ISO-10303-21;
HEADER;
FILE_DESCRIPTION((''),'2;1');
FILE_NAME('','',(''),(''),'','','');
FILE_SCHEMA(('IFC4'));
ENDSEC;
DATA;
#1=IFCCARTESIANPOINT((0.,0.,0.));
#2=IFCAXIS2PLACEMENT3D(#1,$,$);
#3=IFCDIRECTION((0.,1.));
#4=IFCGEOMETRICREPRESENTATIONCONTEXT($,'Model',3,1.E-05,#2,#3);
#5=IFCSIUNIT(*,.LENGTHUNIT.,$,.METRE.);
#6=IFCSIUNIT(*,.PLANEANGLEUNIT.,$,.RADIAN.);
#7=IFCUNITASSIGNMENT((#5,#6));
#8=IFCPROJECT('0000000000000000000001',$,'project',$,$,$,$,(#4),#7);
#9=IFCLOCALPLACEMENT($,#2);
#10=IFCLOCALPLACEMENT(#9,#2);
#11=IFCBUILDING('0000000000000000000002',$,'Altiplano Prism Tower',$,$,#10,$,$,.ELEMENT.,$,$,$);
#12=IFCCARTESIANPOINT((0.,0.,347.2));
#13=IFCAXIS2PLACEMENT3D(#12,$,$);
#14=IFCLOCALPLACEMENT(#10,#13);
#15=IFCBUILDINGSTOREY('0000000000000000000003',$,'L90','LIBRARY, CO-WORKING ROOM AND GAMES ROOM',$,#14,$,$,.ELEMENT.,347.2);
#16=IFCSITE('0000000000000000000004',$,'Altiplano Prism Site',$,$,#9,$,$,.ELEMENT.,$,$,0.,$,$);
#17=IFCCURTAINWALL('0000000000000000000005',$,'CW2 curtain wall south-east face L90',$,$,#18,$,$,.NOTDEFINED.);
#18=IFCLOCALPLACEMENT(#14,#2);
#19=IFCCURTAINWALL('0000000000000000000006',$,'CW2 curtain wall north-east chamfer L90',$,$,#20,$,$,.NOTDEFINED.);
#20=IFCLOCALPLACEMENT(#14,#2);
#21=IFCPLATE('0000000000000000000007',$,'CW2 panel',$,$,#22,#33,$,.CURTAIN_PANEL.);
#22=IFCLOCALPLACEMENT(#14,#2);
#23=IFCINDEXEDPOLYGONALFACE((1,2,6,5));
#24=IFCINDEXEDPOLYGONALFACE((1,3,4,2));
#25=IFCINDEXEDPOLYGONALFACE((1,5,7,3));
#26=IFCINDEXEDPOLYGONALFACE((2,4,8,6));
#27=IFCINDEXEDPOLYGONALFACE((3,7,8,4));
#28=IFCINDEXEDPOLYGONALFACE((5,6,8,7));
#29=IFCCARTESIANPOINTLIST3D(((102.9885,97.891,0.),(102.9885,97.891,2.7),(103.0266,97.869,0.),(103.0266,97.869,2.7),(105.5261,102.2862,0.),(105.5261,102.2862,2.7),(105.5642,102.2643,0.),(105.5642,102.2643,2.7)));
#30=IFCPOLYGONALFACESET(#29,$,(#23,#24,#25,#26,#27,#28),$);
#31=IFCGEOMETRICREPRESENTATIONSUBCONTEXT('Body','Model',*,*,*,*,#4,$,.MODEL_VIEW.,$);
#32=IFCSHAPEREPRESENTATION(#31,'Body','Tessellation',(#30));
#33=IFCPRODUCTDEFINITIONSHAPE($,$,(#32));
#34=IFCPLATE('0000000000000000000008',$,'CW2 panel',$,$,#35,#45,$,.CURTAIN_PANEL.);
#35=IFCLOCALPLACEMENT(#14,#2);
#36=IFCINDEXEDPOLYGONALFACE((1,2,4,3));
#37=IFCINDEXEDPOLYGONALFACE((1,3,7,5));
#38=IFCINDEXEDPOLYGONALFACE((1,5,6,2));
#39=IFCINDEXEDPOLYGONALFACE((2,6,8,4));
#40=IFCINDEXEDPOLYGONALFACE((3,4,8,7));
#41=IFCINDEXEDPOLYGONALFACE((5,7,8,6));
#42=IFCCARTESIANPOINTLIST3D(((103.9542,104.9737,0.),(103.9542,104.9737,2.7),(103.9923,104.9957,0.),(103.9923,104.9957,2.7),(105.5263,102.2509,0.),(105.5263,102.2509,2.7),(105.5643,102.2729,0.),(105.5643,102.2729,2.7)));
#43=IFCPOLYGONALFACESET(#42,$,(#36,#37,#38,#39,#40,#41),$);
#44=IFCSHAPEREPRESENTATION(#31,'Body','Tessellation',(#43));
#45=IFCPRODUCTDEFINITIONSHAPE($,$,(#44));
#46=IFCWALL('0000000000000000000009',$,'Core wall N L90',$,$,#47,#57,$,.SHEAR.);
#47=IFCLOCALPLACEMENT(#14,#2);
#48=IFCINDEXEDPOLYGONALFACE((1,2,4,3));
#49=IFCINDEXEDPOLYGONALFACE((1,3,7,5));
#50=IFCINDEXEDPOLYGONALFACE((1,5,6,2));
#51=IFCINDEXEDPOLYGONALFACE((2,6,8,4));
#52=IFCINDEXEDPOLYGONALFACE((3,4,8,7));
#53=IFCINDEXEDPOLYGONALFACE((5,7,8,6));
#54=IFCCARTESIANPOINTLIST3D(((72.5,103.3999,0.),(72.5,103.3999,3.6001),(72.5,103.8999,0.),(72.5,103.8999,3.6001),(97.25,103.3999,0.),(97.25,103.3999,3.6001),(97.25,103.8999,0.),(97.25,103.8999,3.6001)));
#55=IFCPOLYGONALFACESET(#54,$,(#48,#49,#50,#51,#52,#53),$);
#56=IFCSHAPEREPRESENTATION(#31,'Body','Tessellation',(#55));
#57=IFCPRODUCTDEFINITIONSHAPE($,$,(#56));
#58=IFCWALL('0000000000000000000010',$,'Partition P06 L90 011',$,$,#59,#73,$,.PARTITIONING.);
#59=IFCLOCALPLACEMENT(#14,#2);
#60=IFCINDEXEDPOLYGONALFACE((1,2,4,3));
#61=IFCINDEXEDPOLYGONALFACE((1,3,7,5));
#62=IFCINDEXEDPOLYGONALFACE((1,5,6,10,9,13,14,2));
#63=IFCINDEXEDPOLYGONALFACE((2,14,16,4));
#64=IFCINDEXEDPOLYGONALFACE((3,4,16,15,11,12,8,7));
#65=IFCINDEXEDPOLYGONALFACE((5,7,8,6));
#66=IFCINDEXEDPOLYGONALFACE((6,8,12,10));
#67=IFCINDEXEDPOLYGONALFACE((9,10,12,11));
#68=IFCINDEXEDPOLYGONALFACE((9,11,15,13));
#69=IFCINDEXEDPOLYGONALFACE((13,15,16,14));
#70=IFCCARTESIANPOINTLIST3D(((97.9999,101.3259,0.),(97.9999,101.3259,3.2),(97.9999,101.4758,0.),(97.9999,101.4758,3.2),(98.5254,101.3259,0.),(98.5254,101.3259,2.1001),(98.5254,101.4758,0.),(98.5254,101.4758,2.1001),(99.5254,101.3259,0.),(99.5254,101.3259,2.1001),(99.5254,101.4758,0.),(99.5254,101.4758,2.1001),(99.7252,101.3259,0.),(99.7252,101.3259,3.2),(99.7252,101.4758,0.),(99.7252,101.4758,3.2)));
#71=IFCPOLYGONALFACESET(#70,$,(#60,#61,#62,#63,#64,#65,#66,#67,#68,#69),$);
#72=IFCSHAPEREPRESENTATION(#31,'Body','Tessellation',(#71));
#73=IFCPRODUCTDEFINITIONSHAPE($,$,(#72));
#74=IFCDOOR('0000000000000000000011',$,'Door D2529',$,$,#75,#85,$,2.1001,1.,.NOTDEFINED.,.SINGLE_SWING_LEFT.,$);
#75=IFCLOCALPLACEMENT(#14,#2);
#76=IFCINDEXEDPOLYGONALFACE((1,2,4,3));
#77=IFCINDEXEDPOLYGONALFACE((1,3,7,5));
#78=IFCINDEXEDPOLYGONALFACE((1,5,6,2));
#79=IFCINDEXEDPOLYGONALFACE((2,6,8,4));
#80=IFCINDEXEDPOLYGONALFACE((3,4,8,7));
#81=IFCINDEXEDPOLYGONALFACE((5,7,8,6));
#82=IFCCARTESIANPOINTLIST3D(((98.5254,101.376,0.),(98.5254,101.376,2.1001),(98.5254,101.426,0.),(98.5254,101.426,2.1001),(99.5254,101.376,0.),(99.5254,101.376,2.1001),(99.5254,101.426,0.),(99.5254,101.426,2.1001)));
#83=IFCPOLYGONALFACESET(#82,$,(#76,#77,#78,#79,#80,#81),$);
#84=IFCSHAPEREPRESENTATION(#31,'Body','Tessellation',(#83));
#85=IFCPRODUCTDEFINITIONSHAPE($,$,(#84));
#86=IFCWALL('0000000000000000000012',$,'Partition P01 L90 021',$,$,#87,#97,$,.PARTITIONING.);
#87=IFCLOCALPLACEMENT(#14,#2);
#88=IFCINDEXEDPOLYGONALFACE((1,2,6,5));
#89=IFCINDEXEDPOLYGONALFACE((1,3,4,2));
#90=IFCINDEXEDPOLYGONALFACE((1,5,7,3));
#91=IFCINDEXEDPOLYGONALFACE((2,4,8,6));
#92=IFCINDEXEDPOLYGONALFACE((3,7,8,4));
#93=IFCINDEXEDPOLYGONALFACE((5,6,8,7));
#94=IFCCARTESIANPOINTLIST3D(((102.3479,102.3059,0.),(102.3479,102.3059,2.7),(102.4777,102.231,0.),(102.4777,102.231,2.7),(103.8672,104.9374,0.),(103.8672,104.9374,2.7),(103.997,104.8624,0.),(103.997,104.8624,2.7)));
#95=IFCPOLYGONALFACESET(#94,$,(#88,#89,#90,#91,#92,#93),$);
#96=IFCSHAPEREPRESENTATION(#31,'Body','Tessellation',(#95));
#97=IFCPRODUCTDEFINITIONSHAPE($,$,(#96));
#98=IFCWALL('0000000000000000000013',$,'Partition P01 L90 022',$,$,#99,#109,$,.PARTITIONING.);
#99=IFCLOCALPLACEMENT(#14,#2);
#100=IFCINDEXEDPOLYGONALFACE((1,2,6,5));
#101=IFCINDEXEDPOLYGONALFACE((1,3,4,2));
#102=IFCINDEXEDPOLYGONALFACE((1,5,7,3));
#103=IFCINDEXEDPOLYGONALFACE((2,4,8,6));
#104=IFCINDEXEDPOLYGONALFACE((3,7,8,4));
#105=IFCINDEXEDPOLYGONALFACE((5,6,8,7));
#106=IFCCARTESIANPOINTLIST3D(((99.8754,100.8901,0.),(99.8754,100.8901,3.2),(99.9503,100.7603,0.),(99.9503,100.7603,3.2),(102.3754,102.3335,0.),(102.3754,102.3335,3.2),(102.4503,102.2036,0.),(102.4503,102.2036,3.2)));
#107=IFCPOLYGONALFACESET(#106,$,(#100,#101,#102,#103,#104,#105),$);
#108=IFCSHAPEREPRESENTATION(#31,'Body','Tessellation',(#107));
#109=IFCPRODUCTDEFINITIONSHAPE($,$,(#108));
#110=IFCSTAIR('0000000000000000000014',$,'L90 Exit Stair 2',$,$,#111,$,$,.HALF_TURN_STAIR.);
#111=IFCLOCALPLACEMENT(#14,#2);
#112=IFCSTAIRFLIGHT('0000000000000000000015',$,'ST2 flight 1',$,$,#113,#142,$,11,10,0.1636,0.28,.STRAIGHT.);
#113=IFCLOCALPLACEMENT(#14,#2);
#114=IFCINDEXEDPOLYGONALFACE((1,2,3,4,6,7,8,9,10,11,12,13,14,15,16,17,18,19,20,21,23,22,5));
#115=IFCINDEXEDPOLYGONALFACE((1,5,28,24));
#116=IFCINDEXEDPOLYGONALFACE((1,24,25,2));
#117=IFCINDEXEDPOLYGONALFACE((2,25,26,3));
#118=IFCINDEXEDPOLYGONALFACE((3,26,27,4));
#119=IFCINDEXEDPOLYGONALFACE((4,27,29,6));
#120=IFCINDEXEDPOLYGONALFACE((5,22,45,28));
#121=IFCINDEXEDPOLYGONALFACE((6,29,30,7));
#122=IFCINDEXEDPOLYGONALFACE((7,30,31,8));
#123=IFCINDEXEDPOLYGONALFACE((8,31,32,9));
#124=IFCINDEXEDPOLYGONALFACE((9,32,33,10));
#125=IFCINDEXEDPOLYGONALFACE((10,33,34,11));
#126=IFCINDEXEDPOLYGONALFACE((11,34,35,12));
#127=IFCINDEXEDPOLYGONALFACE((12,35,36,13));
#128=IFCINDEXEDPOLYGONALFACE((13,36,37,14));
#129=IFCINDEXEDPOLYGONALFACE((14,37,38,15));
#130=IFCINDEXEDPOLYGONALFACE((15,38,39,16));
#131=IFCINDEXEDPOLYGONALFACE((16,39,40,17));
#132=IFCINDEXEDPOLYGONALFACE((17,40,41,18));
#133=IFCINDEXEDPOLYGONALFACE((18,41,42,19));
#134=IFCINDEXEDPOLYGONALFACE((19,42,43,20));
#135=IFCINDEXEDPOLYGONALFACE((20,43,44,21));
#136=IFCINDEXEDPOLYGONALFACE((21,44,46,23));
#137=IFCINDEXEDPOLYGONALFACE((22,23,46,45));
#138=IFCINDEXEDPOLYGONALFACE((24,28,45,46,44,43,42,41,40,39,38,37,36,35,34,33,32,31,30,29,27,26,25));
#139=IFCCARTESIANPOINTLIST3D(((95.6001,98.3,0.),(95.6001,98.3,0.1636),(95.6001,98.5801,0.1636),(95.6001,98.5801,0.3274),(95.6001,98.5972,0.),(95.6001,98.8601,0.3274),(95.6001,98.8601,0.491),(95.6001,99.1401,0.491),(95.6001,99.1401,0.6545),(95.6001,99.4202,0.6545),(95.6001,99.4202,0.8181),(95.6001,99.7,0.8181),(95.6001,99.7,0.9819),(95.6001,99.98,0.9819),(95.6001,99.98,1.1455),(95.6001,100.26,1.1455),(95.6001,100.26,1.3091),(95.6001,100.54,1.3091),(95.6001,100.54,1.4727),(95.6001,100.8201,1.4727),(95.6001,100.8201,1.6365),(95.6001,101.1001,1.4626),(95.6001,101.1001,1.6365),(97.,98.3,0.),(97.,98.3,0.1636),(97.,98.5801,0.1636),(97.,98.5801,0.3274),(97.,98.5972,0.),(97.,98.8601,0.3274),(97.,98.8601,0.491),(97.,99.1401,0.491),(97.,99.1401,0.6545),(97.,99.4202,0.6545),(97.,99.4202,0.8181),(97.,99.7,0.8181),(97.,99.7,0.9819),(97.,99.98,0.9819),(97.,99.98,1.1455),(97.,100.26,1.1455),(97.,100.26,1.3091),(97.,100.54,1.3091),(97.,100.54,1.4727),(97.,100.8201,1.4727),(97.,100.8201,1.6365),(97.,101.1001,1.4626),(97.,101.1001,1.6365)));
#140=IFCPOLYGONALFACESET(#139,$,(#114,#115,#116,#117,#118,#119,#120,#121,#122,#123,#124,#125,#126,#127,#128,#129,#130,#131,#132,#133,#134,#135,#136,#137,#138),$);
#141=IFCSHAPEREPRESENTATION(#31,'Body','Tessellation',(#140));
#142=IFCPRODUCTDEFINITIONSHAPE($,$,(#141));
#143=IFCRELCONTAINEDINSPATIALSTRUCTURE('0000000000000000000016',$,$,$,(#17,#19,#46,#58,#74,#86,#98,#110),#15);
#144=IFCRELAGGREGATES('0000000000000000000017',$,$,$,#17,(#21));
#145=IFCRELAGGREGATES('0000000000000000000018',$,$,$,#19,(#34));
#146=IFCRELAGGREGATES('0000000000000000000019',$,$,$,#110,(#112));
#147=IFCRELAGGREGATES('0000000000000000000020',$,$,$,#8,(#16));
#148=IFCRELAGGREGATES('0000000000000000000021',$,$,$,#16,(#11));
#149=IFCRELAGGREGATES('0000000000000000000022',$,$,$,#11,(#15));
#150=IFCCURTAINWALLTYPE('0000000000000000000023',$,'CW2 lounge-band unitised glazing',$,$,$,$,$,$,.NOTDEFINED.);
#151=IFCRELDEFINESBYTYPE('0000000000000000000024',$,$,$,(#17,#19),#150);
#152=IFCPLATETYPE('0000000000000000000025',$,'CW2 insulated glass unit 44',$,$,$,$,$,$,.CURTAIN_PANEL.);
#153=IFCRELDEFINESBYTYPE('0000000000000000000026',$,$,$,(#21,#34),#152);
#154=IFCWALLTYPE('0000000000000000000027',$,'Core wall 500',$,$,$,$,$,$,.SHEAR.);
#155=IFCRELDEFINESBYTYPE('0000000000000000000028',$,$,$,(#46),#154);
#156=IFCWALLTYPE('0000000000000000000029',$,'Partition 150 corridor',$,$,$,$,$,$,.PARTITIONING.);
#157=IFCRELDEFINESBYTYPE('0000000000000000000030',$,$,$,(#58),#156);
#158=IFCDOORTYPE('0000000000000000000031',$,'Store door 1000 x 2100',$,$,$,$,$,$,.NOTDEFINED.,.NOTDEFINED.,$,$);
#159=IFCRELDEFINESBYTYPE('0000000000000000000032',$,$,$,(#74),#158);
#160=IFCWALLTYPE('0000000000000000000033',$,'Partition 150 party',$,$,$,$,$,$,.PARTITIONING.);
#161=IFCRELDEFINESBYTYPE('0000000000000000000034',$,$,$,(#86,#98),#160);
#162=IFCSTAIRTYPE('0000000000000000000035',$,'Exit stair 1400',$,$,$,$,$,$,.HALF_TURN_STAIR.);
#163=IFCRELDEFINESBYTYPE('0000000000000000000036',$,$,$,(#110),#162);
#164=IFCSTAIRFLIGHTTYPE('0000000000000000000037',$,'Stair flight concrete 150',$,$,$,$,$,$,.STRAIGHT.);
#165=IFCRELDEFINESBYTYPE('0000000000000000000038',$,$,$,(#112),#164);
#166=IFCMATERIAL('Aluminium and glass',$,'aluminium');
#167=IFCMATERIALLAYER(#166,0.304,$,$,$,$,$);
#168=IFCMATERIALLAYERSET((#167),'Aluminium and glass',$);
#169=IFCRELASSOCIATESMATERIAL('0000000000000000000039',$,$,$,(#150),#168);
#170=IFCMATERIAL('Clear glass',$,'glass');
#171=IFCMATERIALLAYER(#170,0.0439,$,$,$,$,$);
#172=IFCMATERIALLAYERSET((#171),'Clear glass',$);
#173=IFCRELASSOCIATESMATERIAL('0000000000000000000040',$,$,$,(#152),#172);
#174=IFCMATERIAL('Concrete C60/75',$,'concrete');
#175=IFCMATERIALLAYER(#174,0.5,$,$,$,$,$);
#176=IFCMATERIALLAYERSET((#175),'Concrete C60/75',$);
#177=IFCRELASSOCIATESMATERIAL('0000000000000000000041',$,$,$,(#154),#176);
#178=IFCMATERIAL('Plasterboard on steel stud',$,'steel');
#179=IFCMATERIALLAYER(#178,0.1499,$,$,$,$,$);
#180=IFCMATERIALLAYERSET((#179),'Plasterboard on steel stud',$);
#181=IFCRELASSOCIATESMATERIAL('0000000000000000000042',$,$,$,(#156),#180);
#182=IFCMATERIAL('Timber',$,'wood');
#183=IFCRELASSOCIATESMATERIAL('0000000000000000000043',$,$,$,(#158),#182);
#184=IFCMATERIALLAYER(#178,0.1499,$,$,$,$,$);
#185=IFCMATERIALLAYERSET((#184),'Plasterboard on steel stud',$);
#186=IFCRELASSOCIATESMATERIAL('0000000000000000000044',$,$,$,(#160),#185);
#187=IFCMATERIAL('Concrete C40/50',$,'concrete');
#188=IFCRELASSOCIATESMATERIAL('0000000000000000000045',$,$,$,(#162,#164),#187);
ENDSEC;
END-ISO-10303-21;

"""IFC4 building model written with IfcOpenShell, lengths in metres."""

from ifc_helpers import new_model, si_unit, direction, frame, frame_2d, origin, origin_2d, place, context, subcontext, project, spatial, polyline, rectangle, outline, extrude, material, layer, layer_set, type_object, element, fill, aggregate, save


model = new_model("IFC4")

# Units and contexts
model_context = context("Model", 3, precision=1e-05, world=origin(), true_north=direction((0.0, 1.0)))
body_context = subcontext(model_context, "Body", "Model", "MODEL_VIEW")
ifc_project = project(units=[si_unit("LENGTHUNIT", "METRE"), si_unit("PLANEANGLEUNIT", "RADIAN")], contexts=[model_context])

# Site, building, storey
site_placement = place(None, origin())
site = spatial("IfcSite", under=ifc_project, at=site_placement, Name="Altiplano Prism Site", CompositionType="ELEMENT", RefElevation=0.0)
building_placement = place(site_placement, origin())
building = spatial("IfcBuilding", under=site, at=building_placement, Name="Altiplano Prism Tower", CompositionType="ELEMENT")
storey_placement = place(building_placement, frame((0.0, 0.0, 347.2)))
storey = spatial("IfcBuildingStorey", under=building, at=storey_placement, Name="L90", Description="LIBRARY, CO-WORKING ROOM AND GAMES ROOM", CompositionType="ELEMENT", Elevation=347.2)

# Shared definitions
ifc_material_1 = material(Name="Concrete C60/75", Category="concrete")

# Curtain wall
ifc_material_2 = material(Name="Aluminium and glass", Category="aluminium")
ifc_layer_1 = layer(ifc_material_2, 0.304)
ifc_layer_set_1 = layer_set([ifc_layer_1], Name="Aluminium and glass")
curtain_wall_type = type_object("IfcCurtainWallType", Name="CW2 lounge-band unitised glazing", PredefinedType="NOTDEFINED", material=ifc_layer_set_1)
curtain_wall_1_placement = place(storey_placement, origin())
curtain_wall_1 = element("IfcCurtainWall", 1, at=curtain_wall_1_placement, inside=storey, type_object=curtain_wall_type, Name="CW2 curtain wall south-east face L90", PredefinedType="NOTDEFINED")

# Curtain wall
curtain_wall_2_placement = place(storey_placement, origin())
curtain_wall_2 = element("IfcCurtainWall", 2, at=curtain_wall_2_placement, inside=storey, type_object=curtain_wall_type, Name="CW2 curtain wall north-east chamfer L90", PredefinedType="NOTDEFINED")

# Plates
ifc_material_3 = material(Name="Clear glass", Category="glass")
ifc_layer_2 = layer(ifc_material_3, 0.0439)
ifc_layer_set_2 = layer_set([ifc_layer_2], Name="Clear glass")
plate_type = type_object("IfcPlateType", Name="CW2 insulated glass unit 44", PredefinedType="CURTAIN_PANEL", material=ifc_layer_set_2)
plate_1_placement = place(storey_placement, frame((104.2764, 100.0776, 0.0), z_axis=(0.0, 0.0, 1.0), x_axis=(0.5, 0.866025, 0.0)))
plate_1 = element("IfcPlate", 3, at=plate_1_placement, type_object=plate_type, Name="CW2 panel", PredefinedType="CURTAIN_PANEL", context=body_context, shape_type="SweptSolid", body=[
    extrude(rectangle(XDim=5.0752, YDim=0.0439, at=origin_2d()), origin(), (0.0, 0.0, 1.0), 2.7),
])
aggregate(curtain_wall_1, [plate_1])
plate_2_placement = place(storey_placement, frame((104.7593, 103.6233, 0.0), z_axis=(0.0, 0.0, 1.0), x_axis=(-0.5, 0.866025, 0.0)))
plate_2 = element("IfcPlate", 4, at=plate_2_placement, type_object=plate_type, Name="CW2 panel", PredefinedType="CURTAIN_PANEL", context=body_context, shape_type="SweptSolid", body=[
    extrude(rectangle(XDim=3.144, YDim=0.0439, at=origin_2d()), origin(), (0.0, 0.0, 1.0), 2.7),
])
aggregate(curtain_wall_2, [plate_2])

# Wall
ifc_layer_3 = layer(ifc_material_1, 0.5)
ifc_layer_set_3 = layer_set([ifc_layer_3], Name="Concrete C60/75")
wall_type_1 = type_object("IfcWallType", Name="Core wall 500", PredefinedType="SHEAR", material=ifc_layer_set_3)
wall_1_placement = place(storey_placement, frame((97.25, 103.6499, 0.0), z_axis=(0.0, 0.0, 1.0), x_axis=(-1.0, 0.0, 0.0)))
element("IfcWall", 5, at=wall_1_placement, inside=storey, type_object=wall_type_1, Name="Core wall N L90", PredefinedType="SHEAR", context=body_context, shape_type="SweptSolid", body=[
    extrude(rectangle(XDim=24.75, YDim=0.5, at=frame_2d((12.375, 0.0))), origin(), (0.0, 0.0, 1.0), 3.6001),
])

# Wall, opening, door
ifc_material_4 = material(Name="Plasterboard on steel stud", Category="steel")
ifc_layer_4 = layer(ifc_material_4, 0.1499)
ifc_layer_set_4 = layer_set([ifc_layer_4], Name="Plasterboard on steel stud")
wall_type_2 = type_object("IfcWallType", Name="Partition 150 corridor", PredefinedType="PARTITIONING", material=ifc_layer_set_4)
wall_2_placement = place(storey_placement, frame((99.7253, 101.4009, 0.0), z_axis=(0.0, 0.0, 1.0), x_axis=(-1.0, 0.0, 0.0)))
wall_2 = element("IfcWall", 6, at=wall_2_placement, inside=storey, type_object=wall_type_2, Name="Partition P06 L90 011", PredefinedType="PARTITIONING", context=body_context, shape_type="SweptSolid", body=[
    extrude(rectangle(XDim=1.7253, YDim=0.1499, at=frame_2d((0.8628, 0.0))), origin(), (0.0, 0.0, 1.0), 3.2),
])
opening_placement = place(wall_2_placement, frame((0.2, 0.0, 0.0)))
opening = element("IfcOpeningElement", 7, at=opening_placement, cuts=wall_2, PredefinedType="OPENING", context=body_context, shape_type="SweptSolid", body=[
    extrude(rectangle(XDim=1.0, YDim=2.1001, at=frame_2d((0.5, 1.05))), frame((0.0, 0.0854, 0.0), z_axis=(0.0, -1.0, 0.0), x_axis=(1.0, 0.0, 0.0)), (0.0, 0.0, 1.0), 0.1709),
])
ifc_material_5 = material(Name="Timber", Category="wood")
door_type = type_object("IfcDoorType", Name="Store door 1000 x 2100", OperationType="NOTDEFINED", PredefinedType="NOTDEFINED", material=ifc_material_5)
door_placement = place(opening_placement, origin())
door = element("IfcDoor", 8, at=door_placement, inside=storey, type_object=door_type, Name="Door D2529", OperationType="SINGLE_SWING_LEFT", OverallHeight=2.1001, OverallWidth=1.0, PredefinedType="NOTDEFINED", context=body_context, shape_type="SweptSolid", body=[
    extrude(rectangle(XDim=1.0, YDim=2.1001, at=frame_2d((0.5, 1.05))), frame((0.0, 0.0249, 0.0), z_axis=(0.0, -1.0, 0.0), x_axis=(1.0, 0.0, 0.0)), (0.0, 0.0, 1.0), 0.05),
])
fill(opening, door)

# Walls
ifc_layer_5 = layer(ifc_material_4, 0.1499)
ifc_layer_set_5 = layer_set([ifc_layer_5], Name="Plasterboard on steel stud")
wall_type_3 = type_object("IfcWallType", Name="Partition 150 party", PredefinedType="PARTITIONING", material=ifc_layer_set_5)
wall_3_placement = place(storey_placement, frame((103.9321, 104.8999, 0.0), z_axis=(0.0, 0.0, 1.0), x_axis=(-0.500019, -0.866014, 0.0)))
element("IfcWall", 9, at=wall_3_placement, inside=storey, type_object=wall_type_3, Name="Partition P01 L90 021", PredefinedType="PARTITIONING", context=body_context, shape_type="SweptSolid", body=[
    extrude(rectangle(XDim=3.0386, YDim=0.1499, at=frame_2d((1.5193, 0.0))), origin(), (0.0, 0.0, 1.0), 2.7),
])
wall_4_placement = place(storey_placement, frame((102.4128, 102.2686, 0.0), z_axis=(0.0, 0.0, 1.0), x_axis=(-0.866028, -0.499996, 0.0)))
element("IfcWall", 10, at=wall_4_placement, inside=storey, type_object=wall_type_3, Name="Partition P01 L90 022", PredefinedType="PARTITIONING", context=body_context, shape_type="SweptSolid", body=[
    extrude(rectangle(XDim=2.8867, YDim=0.1499, at=frame_2d((1.4434, 0.0))), origin(), (0.0, 0.0, 1.0), 3.2),
])

# Stair, stair flight
ifc_material_6 = material(Name="Concrete C40/50", Category="concrete")
stair_type = type_object("IfcStairType", Name="Exit stair 1400", PredefinedType="HALF_TURN_STAIR", material=ifc_material_6)
stair_placement = place(storey_placement, origin())
stair = element("IfcStair", 11, at=stair_placement, inside=storey, type_object=stair_type, Name="L90 Exit Stair 2", PredefinedType="HALF_TURN_STAIR")
stair_flight_type = type_object("IfcStairFlightType", Name="Stair flight concrete 150", PredefinedType="STRAIGHT", material=ifc_material_6)
stair_flight_placement = place(storey_placement, frame((96.3, 98.3, 0.0), z_axis=(0.0, 0.0, 1.0), x_axis=(0.0, 1.0, 0.0)))
stair_flight = element("IfcStairFlight", 12, at=stair_flight_placement, type_object=stair_flight_type, Name="ST2 flight 1", NumberOfRisers=11, NumberOfTreads=10, PredefinedType="STRAIGHT", RiserHeight=0.1636, TreadLength=0.28, context=body_context, shape_type="SweptSolid", body=[
    extrude(outline(polyline([(0.0, 0.0), (0.0, 0.1636), (0.28, 0.1636), (0.28, 0.3274), (0.5601, 0.3274), (0.5601, 0.491), (0.8401, 0.491), (0.8401, 0.6545), (1.1201, 0.6545), (1.1201, 0.8181), (1.3999, 0.8181), (1.3999, 0.9819), (1.6799, 0.9819), (1.6799, 1.1455), (1.96, 1.1455), (1.96, 1.3091), (2.24, 1.3091), (2.24, 1.4727), (2.52, 1.4727), (2.52, 1.6365), (2.8, 1.6365), (2.8, 1.8), (2.8, 1.4626), (0.2971, 0.0), (0.0, 0.0)])), frame((0.0, 0.7, 0.0), z_axis=(0.0, -1.0, 0.0), x_axis=(1.0, 0.0, 0.0)), (0.0, 0.0, 1.0), 1.3999),
])
aggregate(stair, [stair_flight])

save(model, "model.ifc")
